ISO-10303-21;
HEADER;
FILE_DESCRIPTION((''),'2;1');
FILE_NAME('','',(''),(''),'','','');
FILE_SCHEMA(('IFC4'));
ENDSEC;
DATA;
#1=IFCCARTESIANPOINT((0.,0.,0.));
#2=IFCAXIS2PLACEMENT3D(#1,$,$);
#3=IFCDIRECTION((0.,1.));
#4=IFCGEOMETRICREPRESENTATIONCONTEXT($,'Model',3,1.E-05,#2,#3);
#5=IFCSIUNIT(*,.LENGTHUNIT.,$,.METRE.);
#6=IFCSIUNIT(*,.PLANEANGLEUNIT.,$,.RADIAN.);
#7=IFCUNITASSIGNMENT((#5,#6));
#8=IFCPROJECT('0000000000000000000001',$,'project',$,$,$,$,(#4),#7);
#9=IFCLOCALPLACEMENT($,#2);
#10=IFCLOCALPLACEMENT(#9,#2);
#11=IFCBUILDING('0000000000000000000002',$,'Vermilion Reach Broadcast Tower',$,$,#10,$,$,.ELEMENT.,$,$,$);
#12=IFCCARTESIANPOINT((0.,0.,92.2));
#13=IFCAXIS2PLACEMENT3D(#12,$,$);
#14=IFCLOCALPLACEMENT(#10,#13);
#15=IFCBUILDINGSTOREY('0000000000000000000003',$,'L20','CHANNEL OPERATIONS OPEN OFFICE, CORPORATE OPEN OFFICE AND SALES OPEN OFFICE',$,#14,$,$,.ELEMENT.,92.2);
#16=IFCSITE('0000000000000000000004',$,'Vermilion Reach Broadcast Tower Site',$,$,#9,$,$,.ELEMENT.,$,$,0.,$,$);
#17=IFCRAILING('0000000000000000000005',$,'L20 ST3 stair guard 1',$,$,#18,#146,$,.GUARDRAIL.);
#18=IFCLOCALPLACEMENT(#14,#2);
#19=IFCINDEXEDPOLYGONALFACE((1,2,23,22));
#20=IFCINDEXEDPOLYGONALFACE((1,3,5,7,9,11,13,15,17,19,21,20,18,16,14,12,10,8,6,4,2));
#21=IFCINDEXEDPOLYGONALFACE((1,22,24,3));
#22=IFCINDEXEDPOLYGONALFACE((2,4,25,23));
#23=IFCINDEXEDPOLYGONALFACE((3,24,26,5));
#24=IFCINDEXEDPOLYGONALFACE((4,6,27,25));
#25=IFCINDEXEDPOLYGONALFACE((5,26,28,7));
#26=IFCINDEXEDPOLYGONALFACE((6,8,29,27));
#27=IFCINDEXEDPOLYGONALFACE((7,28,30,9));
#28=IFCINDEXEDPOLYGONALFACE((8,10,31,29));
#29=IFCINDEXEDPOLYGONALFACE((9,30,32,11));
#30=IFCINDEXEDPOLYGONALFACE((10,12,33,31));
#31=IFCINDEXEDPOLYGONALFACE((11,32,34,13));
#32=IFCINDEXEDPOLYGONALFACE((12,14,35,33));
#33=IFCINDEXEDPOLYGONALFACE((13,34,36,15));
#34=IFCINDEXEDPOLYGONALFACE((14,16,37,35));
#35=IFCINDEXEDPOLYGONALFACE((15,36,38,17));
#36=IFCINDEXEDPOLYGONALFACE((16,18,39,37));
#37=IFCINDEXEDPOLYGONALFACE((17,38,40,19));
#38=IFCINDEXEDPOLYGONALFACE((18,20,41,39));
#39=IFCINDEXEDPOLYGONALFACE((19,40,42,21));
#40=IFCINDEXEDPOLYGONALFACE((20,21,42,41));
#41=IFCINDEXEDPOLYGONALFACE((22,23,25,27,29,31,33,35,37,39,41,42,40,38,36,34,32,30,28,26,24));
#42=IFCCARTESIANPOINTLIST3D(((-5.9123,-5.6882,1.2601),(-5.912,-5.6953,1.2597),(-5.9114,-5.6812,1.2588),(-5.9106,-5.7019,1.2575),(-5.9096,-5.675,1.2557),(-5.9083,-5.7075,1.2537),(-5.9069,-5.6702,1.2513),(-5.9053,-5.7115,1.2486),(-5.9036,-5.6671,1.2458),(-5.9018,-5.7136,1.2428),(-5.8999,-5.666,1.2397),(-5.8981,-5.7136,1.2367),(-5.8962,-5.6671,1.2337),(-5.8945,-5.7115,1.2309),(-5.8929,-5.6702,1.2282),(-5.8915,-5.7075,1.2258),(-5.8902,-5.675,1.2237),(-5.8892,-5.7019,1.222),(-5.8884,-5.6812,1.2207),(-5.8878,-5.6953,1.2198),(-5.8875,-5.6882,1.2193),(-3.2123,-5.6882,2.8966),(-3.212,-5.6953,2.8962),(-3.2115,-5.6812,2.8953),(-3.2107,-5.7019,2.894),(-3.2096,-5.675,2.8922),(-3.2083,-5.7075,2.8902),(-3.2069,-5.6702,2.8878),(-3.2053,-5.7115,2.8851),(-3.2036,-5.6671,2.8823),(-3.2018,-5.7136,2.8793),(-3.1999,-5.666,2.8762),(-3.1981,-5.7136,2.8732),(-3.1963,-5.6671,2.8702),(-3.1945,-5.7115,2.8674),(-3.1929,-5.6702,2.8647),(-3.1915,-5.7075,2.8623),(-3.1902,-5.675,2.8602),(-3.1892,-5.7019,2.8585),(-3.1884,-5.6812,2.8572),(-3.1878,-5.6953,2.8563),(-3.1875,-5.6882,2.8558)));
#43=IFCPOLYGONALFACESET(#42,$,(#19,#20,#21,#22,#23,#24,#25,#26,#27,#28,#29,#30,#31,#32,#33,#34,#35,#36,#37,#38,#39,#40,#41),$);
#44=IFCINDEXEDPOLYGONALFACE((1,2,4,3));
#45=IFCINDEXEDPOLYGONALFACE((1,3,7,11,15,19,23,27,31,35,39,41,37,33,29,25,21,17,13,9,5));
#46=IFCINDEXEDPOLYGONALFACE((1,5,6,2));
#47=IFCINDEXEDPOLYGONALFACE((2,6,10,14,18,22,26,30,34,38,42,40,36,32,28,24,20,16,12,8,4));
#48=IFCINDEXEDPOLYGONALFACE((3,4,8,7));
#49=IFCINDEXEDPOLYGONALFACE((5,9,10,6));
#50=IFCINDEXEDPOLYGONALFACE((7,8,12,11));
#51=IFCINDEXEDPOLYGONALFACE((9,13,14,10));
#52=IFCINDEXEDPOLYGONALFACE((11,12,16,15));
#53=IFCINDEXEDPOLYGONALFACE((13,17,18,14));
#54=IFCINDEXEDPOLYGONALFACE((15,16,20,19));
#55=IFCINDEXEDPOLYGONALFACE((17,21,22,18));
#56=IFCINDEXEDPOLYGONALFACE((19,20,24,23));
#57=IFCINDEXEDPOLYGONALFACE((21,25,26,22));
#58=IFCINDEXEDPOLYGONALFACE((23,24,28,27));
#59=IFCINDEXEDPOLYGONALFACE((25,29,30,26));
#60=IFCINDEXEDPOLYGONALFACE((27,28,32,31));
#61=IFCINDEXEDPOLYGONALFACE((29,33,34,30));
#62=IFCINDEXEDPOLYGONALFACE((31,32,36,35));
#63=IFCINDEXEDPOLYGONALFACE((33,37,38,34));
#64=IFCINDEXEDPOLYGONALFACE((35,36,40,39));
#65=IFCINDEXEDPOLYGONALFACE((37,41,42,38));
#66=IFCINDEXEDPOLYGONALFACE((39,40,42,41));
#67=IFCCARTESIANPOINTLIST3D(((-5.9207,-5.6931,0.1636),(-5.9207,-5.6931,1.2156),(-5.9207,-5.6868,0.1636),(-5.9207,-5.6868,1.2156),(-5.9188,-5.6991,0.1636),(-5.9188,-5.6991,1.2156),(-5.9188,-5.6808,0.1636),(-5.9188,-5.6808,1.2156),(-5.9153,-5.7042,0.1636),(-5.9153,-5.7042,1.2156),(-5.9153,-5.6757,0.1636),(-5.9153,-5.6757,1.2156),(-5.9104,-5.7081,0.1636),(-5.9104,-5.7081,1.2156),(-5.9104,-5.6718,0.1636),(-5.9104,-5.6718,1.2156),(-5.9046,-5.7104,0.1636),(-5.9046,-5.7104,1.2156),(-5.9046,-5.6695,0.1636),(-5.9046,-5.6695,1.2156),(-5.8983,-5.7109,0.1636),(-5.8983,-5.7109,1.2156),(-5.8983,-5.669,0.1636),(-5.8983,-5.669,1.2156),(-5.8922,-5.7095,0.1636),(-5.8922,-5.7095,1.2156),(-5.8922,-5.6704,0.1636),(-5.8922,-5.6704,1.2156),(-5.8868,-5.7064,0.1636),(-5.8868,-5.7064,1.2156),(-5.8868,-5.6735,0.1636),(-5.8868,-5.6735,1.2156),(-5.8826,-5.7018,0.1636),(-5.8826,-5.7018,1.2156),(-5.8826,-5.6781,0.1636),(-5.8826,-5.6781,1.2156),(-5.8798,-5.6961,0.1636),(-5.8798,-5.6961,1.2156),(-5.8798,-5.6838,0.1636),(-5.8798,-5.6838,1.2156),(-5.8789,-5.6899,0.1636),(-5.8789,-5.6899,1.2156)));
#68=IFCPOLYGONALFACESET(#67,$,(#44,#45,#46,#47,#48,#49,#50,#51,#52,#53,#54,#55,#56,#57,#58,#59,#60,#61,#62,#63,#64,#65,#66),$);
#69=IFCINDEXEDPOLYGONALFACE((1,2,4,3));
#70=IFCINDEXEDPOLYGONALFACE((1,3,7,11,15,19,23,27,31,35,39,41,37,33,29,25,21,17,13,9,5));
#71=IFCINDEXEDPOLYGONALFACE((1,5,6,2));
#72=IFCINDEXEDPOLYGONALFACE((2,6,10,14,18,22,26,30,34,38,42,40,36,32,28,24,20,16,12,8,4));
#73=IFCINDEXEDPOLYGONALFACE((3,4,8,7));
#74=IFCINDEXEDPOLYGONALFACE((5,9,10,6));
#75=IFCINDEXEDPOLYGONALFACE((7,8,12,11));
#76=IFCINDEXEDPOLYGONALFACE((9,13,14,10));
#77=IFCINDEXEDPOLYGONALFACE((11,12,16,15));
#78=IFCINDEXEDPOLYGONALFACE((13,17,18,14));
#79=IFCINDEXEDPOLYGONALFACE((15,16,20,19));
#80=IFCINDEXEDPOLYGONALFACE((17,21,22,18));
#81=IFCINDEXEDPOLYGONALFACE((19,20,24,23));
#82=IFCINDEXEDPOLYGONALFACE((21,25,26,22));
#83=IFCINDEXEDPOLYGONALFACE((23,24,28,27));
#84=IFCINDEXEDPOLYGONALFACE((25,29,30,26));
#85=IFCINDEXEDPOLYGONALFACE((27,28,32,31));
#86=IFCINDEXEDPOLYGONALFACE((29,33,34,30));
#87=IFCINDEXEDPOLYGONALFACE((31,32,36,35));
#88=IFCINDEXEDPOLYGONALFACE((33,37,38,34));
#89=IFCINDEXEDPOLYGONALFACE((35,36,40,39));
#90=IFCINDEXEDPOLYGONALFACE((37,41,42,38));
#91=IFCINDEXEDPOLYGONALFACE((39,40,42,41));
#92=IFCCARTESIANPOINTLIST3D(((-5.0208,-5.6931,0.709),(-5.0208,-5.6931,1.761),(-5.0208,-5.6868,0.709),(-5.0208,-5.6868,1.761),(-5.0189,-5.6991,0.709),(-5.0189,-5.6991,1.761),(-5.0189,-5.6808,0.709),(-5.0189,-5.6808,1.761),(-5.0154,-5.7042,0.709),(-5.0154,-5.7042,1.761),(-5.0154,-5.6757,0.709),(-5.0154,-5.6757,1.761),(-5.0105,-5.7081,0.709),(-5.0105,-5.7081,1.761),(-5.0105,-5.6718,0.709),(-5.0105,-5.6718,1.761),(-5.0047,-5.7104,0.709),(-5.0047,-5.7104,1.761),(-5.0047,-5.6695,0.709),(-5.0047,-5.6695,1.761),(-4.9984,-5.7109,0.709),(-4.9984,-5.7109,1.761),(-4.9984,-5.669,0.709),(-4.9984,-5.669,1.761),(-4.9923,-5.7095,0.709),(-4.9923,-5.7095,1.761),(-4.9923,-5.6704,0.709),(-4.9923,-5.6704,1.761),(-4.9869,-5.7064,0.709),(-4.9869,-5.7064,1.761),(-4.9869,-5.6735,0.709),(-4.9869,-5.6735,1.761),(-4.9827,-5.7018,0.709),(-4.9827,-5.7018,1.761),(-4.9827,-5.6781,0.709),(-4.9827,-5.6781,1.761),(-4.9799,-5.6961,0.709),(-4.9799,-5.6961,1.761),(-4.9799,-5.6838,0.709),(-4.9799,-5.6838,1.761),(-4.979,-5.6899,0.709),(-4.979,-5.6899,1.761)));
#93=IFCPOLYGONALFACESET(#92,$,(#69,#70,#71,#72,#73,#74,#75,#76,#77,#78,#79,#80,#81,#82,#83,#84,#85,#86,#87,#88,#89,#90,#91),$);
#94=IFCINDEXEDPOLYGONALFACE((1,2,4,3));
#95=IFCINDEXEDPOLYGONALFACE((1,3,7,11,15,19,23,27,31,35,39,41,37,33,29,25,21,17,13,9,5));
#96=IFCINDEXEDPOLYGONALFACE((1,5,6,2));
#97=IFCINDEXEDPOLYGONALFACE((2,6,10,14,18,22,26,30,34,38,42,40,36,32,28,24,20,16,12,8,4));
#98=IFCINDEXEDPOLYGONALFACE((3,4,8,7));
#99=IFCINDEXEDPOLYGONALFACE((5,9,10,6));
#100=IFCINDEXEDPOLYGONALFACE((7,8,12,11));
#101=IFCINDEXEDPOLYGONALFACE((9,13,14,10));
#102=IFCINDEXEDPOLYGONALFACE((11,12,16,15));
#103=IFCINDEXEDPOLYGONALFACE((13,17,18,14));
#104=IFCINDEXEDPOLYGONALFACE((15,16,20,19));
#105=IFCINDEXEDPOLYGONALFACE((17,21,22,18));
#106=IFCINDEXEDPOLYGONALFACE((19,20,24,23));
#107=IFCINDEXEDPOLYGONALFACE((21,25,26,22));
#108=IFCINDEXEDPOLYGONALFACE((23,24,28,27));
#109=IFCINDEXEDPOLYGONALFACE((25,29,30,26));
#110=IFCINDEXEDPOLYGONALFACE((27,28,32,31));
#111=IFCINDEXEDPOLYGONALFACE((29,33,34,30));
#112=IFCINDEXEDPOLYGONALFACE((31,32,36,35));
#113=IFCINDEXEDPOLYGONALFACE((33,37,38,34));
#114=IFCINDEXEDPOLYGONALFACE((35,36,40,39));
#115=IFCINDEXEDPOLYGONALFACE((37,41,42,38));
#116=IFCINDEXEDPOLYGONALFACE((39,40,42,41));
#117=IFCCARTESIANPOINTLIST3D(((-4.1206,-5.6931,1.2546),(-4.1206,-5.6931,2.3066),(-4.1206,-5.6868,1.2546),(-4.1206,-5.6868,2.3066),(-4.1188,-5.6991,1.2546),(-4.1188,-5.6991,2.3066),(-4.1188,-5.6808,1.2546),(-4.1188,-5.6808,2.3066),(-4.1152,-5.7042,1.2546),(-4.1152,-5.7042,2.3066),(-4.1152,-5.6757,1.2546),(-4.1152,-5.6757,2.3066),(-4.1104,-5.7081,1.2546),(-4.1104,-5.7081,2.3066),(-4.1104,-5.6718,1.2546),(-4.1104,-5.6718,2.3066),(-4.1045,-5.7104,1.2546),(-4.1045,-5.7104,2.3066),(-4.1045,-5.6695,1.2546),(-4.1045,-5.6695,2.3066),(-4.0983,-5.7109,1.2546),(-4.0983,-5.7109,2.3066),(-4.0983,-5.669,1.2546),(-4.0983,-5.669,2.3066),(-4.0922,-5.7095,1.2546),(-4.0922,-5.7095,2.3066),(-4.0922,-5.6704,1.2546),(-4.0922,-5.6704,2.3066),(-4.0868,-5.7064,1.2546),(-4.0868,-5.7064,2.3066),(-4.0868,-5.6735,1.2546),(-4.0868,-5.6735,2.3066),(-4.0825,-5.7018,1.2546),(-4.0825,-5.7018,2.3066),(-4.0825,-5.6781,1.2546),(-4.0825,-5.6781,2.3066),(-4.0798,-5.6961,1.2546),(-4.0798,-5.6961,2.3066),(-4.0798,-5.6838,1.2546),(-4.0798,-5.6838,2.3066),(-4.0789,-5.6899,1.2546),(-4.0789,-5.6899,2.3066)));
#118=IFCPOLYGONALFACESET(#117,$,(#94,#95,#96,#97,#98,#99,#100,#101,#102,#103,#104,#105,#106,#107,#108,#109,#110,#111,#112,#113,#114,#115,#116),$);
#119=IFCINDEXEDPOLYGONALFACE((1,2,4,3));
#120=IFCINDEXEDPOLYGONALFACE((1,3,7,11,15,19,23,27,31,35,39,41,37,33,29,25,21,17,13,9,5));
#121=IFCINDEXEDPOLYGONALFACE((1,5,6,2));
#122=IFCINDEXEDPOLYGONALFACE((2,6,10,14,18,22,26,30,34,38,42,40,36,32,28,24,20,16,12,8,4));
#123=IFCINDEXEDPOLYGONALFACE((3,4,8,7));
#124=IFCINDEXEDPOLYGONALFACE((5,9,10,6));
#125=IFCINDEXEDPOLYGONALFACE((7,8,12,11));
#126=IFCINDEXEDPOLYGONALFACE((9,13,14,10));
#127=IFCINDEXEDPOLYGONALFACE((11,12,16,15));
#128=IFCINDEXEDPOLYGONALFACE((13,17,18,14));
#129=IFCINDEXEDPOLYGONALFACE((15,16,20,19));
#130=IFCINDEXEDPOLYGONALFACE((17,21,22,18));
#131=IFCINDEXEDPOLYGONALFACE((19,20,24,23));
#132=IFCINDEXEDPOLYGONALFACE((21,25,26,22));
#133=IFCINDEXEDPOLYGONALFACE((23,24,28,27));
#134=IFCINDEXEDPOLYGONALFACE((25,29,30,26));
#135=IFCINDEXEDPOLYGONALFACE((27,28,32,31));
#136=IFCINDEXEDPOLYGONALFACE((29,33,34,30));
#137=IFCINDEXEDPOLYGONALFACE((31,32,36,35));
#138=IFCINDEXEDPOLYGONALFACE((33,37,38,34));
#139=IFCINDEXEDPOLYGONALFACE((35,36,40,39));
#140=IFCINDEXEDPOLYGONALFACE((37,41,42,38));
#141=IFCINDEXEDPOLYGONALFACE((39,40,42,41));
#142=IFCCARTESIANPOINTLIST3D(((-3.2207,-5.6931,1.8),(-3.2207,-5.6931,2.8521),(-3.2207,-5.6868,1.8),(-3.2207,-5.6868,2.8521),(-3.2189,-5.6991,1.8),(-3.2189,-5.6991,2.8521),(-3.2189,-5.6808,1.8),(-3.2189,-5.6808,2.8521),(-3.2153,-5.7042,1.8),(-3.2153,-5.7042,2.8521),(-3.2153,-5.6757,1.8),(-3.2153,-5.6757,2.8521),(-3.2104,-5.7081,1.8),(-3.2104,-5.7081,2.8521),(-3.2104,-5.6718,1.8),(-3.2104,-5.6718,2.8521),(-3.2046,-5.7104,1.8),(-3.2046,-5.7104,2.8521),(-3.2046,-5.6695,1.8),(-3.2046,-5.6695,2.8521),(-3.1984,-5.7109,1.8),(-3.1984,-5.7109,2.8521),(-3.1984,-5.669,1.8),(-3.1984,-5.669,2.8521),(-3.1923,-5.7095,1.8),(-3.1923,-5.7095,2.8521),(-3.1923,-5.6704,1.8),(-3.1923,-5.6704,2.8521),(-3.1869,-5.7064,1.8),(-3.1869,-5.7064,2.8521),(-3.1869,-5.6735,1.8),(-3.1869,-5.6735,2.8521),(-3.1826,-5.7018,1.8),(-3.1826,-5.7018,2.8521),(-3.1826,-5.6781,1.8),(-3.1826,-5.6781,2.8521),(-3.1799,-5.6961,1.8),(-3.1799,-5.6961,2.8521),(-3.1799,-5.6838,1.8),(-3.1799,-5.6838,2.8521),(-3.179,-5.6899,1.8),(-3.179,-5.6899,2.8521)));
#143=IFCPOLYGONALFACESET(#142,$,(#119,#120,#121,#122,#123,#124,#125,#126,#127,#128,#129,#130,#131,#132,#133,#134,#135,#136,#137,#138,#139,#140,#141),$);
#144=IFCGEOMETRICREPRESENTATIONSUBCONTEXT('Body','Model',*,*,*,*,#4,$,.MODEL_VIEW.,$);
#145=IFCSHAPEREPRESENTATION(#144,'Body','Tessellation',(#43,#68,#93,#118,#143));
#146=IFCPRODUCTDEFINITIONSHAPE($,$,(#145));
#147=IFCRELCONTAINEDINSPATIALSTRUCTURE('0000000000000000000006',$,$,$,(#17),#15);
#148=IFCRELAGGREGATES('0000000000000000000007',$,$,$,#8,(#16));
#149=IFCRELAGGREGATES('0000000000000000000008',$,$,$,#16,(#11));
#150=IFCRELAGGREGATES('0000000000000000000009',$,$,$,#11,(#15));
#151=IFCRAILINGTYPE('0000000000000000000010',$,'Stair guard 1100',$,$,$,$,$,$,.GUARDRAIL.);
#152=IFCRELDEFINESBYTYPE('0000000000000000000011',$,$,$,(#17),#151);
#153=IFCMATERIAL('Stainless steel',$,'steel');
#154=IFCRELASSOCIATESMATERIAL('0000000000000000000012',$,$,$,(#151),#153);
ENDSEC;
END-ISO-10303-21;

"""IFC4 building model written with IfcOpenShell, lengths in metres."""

from ifc_helpers import new_model, si_unit, direction, frame, origin, origin_2d, place, context, subcontext, project, spatial, circle, extrude, material, type_object, element, save


model = new_model("IFC4")

# Units and contexts
model_context = context("Model", 3, precision=1e-05, world=origin(), true_north=direction((0.0, 1.0)))
body_context = subcontext(model_context, "Body", "Model", "MODEL_VIEW")
ifc_project = project(units=[si_unit("LENGTHUNIT", "METRE"), si_unit("PLANEANGLEUNIT", "RADIAN")], contexts=[model_context])

# Site, building, storey
site_placement = place(None, origin())
site = spatial("IfcSite", under=ifc_project, at=site_placement, Name="Vermilion Reach Broadcast Tower Site", CompositionType="ELEMENT", RefElevation=0.0)
building_placement = place(site_placement, origin())
building = spatial("IfcBuilding", under=site, at=building_placement, Name="Vermilion Reach Broadcast Tower", CompositionType="ELEMENT")
storey_placement = place(building_placement, frame((0.0, 0.0, 92.2)))
storey = spatial("IfcBuildingStorey", under=building, at=storey_placement, Name="L20", Description="CHANNEL OPERATIONS OPEN OFFICE, CORPORATE OPEN OFFICE AND SALES OPEN OFFICE", CompositionType="ELEMENT", Elevation=92.2)

# Railing
ifc_material_1 = material(Name="Stainless steel", Category="steel")
railing_type_1 = type_object("IfcRailingType", Name="Stair guard 1100", PredefinedType="GUARDRAIL", material=ifc_material_1)
railing_1_placement = place(storey_placement, frame((-5.8999, -5.6899, 0.1636)))
element("IfcRailing", 1, at=railing_1_placement, inside=storey, type_object=railing_type_1, Name="L20 ST3 stair guard 1", PredefinedType="GUARDRAIL", context=body_context, shape_type="SweptSolid", body=[
    extrude(circle(Radius=0.0239, at=origin_2d()), frame((0.0, 0.0, 1.0762), z_axis=(0.855178, 0.0, 0.518334), x_axis=(0.0, 1.0, 0.0)), (0.0, 0.0, 1.0), 3.1572),
    extrude(circle(Radius=0.021, at=origin_2d()), origin(), (0.0, 0.0, 1.0), 1.052),
    extrude(circle(Radius=0.021, at=origin_2d()), frame((0.8999, 0.0, 0.5454)), (0.0, 0.0, 1.0), 1.052),
    extrude(circle(Radius=0.021, at=origin_2d()), frame((1.8, 0.0, 1.0911)), (0.0, 0.0, 1.0), 1.052),
    extrude(circle(Radius=0.021, at=origin_2d()), frame((2.7, 0.0, 1.6365)), (0.0, 0.0, 1.0), 1.052),
])

save(model, "model.ifc")
